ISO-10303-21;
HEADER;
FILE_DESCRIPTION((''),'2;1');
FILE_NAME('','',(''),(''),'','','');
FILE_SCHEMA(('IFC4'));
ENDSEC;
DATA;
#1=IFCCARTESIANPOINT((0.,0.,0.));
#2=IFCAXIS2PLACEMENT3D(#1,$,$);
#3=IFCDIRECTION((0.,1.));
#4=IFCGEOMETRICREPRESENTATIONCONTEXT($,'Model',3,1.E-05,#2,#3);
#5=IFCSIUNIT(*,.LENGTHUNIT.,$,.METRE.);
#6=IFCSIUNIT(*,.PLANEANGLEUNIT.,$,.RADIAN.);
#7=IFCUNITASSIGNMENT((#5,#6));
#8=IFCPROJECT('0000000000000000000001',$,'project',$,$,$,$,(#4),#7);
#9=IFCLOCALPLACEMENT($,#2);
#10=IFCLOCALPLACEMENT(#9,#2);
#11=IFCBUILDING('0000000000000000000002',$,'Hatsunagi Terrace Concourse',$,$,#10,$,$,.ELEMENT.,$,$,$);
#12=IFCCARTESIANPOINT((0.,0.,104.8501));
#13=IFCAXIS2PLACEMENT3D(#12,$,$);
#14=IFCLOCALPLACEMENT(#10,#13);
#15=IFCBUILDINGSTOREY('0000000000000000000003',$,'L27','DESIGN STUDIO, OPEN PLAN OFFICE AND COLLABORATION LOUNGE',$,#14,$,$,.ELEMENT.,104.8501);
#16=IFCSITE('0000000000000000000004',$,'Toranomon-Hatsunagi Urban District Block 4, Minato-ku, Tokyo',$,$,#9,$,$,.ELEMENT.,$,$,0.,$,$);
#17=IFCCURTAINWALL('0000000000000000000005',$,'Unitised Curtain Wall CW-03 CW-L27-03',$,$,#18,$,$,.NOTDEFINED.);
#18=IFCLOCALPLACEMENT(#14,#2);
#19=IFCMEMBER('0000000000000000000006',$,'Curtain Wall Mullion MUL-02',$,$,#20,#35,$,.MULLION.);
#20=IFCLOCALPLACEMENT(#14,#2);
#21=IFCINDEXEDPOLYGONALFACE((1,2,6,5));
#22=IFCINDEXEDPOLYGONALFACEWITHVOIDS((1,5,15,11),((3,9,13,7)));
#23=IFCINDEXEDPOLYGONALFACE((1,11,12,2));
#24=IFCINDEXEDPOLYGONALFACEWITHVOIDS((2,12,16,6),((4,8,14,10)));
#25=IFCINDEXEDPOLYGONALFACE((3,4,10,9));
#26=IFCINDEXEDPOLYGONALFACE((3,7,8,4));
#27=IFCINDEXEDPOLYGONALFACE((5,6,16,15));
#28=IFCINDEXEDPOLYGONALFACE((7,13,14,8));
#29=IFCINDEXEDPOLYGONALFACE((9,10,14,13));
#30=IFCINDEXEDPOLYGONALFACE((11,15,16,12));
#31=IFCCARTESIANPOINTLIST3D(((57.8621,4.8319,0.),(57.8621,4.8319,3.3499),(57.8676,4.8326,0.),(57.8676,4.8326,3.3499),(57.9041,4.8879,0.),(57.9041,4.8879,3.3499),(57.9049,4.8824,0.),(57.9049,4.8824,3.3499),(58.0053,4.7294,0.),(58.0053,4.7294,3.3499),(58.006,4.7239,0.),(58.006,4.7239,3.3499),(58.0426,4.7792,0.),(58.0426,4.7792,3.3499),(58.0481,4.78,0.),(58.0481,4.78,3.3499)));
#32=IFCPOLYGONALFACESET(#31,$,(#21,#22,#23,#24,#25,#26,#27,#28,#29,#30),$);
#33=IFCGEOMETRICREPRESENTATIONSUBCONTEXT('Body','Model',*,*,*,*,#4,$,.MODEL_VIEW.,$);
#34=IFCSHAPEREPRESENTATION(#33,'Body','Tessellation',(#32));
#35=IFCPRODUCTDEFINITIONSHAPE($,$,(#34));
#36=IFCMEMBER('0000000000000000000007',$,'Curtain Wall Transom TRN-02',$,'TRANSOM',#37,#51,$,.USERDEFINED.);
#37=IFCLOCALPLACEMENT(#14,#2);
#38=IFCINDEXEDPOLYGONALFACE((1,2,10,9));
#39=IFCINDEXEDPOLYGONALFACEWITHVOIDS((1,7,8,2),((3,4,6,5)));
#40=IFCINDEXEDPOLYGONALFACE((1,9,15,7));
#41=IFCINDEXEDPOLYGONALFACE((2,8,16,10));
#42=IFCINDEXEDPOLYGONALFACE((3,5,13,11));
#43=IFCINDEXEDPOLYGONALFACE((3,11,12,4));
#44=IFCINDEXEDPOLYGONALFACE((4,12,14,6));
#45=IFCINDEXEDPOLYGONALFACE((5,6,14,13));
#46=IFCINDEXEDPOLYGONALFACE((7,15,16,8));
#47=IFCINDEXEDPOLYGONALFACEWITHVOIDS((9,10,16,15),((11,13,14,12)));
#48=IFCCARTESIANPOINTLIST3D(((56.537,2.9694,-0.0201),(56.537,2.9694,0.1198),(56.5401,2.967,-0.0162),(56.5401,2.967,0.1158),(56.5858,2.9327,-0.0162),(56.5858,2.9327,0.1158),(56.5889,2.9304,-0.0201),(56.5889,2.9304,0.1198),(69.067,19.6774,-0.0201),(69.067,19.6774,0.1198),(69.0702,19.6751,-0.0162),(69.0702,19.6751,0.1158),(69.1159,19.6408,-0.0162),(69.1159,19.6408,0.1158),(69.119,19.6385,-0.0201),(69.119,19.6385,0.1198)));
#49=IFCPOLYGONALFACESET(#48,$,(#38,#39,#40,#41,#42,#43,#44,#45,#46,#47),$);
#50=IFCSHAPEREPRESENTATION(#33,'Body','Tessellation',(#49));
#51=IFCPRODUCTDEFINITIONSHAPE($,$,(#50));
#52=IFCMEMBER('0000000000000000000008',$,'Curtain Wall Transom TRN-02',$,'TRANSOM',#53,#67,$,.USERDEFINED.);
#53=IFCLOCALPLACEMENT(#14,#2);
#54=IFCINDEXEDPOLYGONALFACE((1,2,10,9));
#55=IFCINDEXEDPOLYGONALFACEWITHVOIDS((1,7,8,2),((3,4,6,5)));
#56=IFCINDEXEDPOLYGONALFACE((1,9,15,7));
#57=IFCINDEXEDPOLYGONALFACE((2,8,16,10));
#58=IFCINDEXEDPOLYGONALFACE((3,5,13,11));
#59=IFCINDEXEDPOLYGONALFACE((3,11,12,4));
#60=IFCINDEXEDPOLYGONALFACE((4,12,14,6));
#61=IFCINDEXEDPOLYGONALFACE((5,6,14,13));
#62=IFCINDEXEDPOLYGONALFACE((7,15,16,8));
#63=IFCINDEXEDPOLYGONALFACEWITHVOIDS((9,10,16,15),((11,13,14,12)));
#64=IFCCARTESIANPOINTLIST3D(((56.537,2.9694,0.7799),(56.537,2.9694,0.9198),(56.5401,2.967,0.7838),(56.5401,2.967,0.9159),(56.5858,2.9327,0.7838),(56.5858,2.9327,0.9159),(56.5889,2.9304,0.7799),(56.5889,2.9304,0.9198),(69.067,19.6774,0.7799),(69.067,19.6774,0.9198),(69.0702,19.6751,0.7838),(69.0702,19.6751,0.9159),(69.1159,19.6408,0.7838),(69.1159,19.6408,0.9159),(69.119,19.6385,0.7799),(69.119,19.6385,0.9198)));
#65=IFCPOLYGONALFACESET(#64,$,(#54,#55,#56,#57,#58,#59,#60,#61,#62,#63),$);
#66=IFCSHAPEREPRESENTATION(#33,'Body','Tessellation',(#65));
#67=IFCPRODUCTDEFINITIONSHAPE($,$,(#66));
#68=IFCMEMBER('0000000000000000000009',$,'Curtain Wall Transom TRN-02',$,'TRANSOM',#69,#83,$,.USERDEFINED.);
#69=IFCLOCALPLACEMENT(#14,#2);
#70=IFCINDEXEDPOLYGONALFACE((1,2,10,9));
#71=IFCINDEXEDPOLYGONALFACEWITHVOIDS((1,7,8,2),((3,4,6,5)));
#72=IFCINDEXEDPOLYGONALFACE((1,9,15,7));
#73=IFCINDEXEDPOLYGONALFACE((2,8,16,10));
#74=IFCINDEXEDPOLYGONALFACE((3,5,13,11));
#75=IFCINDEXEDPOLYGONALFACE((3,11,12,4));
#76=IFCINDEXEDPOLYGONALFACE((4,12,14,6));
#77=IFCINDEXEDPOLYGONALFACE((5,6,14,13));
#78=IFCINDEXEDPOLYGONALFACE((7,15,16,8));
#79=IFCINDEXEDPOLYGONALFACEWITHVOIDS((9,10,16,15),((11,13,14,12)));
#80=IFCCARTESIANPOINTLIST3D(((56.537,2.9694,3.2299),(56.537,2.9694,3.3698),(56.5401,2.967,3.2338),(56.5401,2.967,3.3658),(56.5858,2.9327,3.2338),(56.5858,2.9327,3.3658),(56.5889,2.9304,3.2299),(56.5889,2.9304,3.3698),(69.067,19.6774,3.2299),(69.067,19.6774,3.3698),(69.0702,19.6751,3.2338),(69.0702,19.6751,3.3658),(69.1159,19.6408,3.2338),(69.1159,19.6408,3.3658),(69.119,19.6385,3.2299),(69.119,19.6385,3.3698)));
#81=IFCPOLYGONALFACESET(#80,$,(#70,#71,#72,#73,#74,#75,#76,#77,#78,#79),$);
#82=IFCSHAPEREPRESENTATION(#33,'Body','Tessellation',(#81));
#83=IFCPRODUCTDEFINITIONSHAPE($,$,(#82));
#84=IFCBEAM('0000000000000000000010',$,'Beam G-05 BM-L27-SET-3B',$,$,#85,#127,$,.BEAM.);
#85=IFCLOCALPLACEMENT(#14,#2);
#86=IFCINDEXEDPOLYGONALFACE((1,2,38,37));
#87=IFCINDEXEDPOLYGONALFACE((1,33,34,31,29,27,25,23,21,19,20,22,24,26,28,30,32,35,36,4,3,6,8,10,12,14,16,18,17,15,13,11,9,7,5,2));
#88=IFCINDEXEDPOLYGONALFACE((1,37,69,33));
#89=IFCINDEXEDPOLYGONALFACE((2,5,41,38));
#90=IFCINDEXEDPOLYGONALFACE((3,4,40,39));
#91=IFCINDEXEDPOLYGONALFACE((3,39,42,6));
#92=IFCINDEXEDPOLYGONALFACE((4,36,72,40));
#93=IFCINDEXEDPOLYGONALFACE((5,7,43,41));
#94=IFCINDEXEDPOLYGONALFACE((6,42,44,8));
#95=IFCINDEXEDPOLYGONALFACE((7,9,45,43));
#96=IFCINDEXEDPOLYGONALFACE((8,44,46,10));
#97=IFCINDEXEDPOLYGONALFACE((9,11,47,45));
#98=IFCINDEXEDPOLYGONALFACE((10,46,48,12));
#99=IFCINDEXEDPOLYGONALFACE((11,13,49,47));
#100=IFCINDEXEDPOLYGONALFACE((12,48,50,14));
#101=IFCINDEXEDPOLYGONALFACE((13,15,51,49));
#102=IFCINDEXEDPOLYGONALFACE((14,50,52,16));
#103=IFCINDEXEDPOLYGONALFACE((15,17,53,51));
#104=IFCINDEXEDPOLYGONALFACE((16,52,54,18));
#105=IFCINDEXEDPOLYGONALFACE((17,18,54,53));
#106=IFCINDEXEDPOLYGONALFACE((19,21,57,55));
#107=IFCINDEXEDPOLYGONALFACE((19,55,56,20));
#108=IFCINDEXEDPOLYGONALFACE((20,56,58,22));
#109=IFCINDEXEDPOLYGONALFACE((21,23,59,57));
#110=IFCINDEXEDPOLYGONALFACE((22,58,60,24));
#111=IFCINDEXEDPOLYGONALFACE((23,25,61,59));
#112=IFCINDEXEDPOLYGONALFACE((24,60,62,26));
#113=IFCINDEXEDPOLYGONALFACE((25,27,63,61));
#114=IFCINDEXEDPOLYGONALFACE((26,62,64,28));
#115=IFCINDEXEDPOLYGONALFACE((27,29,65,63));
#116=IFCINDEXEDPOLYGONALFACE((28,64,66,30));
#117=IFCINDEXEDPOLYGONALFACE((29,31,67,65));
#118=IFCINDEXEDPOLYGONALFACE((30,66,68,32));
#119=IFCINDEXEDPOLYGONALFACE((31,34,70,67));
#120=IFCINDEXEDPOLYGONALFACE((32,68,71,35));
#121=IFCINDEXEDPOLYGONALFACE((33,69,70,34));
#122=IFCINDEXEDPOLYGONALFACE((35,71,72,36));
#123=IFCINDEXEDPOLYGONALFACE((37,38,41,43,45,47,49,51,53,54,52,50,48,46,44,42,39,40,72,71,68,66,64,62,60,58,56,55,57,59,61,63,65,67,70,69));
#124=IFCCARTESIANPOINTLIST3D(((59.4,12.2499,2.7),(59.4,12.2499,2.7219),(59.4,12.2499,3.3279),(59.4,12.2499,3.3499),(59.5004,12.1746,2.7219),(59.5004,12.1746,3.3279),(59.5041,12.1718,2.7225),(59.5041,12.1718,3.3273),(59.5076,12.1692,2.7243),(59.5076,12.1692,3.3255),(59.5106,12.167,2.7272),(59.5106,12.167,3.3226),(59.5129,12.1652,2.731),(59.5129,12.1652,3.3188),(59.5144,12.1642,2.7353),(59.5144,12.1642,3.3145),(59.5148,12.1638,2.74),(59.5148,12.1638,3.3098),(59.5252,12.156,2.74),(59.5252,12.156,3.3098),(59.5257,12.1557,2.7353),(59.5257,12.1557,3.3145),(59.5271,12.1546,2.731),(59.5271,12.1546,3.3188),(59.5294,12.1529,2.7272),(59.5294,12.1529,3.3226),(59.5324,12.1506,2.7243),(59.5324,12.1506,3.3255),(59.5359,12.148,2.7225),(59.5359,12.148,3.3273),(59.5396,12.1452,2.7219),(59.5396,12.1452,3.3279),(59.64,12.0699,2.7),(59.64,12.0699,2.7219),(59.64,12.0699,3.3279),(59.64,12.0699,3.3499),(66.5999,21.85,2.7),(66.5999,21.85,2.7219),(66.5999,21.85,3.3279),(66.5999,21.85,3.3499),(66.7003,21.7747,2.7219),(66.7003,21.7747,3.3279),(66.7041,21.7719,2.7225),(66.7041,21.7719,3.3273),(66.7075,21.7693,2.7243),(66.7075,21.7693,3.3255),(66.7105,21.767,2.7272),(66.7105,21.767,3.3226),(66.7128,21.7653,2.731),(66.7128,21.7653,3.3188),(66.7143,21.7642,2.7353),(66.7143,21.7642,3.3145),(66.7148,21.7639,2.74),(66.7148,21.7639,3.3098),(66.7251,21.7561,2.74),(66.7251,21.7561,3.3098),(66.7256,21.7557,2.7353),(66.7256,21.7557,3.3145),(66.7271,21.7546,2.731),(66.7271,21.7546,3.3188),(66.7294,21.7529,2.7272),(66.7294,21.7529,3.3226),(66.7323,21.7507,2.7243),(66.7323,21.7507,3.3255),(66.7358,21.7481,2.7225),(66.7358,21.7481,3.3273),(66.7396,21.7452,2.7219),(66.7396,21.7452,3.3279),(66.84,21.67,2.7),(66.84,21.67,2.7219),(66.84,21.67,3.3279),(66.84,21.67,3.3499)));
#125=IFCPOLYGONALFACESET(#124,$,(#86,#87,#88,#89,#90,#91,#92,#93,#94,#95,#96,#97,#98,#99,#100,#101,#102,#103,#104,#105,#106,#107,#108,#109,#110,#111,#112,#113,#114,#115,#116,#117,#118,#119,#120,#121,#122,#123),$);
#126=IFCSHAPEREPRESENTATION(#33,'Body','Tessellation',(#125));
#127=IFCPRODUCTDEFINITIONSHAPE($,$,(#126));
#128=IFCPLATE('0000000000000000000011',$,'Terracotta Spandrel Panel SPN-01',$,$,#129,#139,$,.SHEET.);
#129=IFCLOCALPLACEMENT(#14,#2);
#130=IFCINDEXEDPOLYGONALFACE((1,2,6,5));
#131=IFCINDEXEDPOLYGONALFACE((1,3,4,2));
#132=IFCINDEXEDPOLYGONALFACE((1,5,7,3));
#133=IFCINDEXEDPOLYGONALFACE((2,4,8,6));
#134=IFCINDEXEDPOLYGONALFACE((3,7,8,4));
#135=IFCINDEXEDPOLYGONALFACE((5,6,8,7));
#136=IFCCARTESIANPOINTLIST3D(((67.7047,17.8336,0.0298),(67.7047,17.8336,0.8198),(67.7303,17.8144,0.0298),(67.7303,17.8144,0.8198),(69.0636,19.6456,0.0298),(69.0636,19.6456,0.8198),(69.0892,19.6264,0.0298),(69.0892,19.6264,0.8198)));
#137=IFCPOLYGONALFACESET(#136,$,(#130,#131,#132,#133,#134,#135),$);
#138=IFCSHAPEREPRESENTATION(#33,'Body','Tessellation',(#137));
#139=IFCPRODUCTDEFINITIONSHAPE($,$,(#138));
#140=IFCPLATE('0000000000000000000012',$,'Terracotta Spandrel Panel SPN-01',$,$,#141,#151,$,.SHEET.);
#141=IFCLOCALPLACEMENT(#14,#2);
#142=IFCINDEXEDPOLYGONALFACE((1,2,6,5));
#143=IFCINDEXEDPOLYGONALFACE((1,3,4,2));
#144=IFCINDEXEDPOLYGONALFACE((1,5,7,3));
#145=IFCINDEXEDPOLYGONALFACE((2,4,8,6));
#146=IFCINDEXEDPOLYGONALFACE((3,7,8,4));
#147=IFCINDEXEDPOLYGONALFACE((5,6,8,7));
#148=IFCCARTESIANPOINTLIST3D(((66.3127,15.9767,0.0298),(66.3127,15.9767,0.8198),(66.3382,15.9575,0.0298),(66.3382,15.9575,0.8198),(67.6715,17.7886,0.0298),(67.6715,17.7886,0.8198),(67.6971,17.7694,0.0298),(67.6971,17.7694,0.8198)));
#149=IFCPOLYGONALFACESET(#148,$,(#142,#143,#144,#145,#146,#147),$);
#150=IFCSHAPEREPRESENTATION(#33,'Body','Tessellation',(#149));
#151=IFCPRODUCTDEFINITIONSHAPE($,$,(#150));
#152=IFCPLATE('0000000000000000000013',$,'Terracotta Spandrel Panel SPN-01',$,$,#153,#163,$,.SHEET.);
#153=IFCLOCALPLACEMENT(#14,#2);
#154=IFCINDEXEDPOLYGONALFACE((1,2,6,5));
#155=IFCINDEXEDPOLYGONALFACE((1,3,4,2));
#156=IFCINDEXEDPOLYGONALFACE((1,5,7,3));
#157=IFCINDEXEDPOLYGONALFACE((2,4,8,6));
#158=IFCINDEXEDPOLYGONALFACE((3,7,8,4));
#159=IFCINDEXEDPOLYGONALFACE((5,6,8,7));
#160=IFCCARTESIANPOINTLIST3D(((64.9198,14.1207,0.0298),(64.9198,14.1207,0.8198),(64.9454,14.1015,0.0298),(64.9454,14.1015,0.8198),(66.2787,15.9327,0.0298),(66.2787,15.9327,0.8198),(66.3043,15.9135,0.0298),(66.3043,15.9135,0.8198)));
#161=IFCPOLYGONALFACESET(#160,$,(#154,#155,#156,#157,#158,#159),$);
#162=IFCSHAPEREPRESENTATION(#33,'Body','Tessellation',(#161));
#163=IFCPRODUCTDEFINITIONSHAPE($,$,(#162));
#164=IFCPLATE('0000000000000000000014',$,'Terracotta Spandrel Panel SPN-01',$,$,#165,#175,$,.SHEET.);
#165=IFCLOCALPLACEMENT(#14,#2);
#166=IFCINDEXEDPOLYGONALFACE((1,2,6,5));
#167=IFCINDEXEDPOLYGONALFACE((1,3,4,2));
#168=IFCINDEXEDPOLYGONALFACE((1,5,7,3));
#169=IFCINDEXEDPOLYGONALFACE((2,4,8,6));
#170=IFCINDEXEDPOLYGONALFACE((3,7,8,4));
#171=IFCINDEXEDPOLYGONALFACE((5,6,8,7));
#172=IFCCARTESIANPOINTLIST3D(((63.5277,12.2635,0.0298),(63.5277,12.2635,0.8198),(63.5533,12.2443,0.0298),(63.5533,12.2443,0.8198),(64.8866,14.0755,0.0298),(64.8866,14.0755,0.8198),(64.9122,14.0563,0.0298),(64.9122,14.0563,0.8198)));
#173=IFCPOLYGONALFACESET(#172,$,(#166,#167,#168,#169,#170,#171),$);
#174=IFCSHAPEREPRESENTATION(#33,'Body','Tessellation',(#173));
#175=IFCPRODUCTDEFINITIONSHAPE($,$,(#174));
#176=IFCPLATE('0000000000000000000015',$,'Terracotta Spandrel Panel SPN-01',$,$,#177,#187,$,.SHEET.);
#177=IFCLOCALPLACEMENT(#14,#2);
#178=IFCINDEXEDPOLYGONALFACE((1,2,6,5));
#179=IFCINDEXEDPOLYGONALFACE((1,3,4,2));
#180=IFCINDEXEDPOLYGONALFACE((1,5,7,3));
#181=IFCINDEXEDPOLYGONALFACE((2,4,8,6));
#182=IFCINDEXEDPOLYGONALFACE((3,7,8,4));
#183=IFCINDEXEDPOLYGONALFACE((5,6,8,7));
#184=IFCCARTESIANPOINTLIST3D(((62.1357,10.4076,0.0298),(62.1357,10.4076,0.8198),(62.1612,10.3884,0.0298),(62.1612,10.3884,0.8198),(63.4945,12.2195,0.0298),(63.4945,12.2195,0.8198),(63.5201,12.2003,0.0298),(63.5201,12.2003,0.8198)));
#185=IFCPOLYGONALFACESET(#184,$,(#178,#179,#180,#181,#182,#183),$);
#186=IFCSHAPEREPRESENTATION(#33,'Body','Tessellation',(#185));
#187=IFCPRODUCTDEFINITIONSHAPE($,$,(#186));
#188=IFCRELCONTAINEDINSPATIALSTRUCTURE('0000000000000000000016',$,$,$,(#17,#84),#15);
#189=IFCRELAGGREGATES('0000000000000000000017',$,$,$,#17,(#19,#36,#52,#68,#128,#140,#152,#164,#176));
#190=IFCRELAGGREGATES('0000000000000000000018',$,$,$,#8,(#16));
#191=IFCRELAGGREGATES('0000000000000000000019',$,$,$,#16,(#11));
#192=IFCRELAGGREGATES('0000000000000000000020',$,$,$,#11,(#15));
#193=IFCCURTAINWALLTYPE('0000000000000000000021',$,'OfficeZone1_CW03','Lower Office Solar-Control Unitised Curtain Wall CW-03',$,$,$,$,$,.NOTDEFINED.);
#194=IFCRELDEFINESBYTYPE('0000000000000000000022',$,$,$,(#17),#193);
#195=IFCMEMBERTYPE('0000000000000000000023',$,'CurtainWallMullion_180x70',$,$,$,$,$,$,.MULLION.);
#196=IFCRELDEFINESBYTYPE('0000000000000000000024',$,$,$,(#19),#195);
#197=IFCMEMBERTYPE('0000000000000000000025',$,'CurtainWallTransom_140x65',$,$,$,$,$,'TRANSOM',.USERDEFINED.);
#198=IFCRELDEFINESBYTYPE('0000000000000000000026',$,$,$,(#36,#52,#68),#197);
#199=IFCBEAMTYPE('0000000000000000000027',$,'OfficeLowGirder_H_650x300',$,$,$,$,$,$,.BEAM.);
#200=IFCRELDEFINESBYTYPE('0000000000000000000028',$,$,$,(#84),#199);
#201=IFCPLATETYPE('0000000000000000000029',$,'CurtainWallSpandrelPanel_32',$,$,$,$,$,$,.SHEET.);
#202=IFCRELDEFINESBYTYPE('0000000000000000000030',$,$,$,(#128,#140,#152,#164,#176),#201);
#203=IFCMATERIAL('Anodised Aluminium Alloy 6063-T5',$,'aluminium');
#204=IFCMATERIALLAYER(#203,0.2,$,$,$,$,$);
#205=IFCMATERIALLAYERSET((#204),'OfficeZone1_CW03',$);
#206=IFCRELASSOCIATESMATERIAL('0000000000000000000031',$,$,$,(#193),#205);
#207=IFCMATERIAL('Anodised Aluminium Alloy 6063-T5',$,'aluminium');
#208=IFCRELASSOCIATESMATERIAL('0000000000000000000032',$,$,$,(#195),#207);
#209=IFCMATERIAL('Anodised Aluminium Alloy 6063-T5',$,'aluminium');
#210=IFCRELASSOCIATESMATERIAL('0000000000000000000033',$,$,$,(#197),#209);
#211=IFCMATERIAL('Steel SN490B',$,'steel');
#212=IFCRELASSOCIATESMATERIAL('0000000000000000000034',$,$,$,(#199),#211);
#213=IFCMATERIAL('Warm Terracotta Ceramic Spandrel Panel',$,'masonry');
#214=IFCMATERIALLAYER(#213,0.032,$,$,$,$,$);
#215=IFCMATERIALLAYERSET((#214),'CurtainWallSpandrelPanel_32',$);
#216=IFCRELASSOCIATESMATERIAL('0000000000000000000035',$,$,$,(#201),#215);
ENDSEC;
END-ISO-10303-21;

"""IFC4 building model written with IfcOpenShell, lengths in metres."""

from ifc_helpers import new_model, si_unit, direction, frame, origin, origin_2d, place, context, subcontext, project, spatial, rectangle, hollow_rectangle, i_section, extrude, material, layer, layer_set, material_profile, profile_set, type_object, element, aggregate, save


model = new_model("IFC4")

# Units and contexts
model_context = context("Model", 3, precision=1e-05, world=origin(), true_north=direction((0.0, 1.0)))
body_context = subcontext(model_context, "Body", "Model", "MODEL_VIEW")
ifc_project = project(units=[si_unit("LENGTHUNIT", "METRE"), si_unit("PLANEANGLEUNIT", "RADIAN")], contexts=[model_context])

# Site, building, storey
site_placement = place(None, origin())
site = spatial("IfcSite", under=ifc_project, at=site_placement, Name="Toranomon-Hatsunagi Urban District Block 4, Minato-ku, Tokyo", CompositionType="ELEMENT", RefElevation=0.0)
building_placement = place(site_placement, origin())
building = spatial("IfcBuilding", under=site, at=building_placement, Name="Hatsunagi Terrace Concourse", CompositionType="ELEMENT")
storey_placement = place(building_placement, frame((0.0, 0.0, 104.8501)))
storey = spatial("IfcBuildingStorey", under=building, at=storey_placement, Name="L27", Description="DESIGN STUDIO, OPEN PLAN OFFICE AND COLLABORATION LOUNGE", CompositionType="ELEMENT", Elevation=104.8501)

# Curtain wall, members
ifc_material_1 = material(Name="Anodised Aluminium Alloy 6063-T5", Category="aluminium")
ifc_layer_1 = layer(ifc_material_1, 0.2)
ifc_layer_set_1 = layer_set([ifc_layer_1], Name="OfficeZone1_CW03")
curtain_wall_type = type_object("IfcCurtainWallType", Name="OfficeZone1_CW03", Description="Lower Office Solar-Control Unitised Curtain Wall CW-03", PredefinedType="NOTDEFINED", material=ifc_layer_set_1)
curtain_wall_placement = place(storey_placement, origin())
curtain_wall = element("IfcCurtainWall", 1, at=curtain_wall_placement, inside=storey, type_object=curtain_wall_type, Name="Unitised Curtain Wall CW-03 CW-L27-03", PredefinedType="NOTDEFINED")
ifc_material_2 = material(Name="Anodised Aluminium Alloy 6063-T5", Category="aluminium")
ifc_material_profile_1 = material_profile(ifc_material_2, hollow_rectangle(XDim=0.0701, YDim=0.1799, WallThickness=0.0039, at=origin_2d()), Name="ALU-MUL-180x70x4")
ifc_profile_set_1 = profile_set([ifc_material_profile_1], Name="Anodised Aluminium Alloy 6063-T5")
member_type_1 = type_object("IfcMemberType", Name="CurtainWallMullion_180x70", PredefinedType="MULLION", material=ifc_profile_set_1)
member_1_placement = place(storey_placement, frame((57.9551, 4.8059, 0.0), z_axis=(0.0, 0.0, 1.0), x_axis=(-0.599969, -0.800023, 0.0)))
member_1 = element("IfcMember", 2, at=member_1_placement, type_object=member_type_1, Name="Curtain Wall Mullion MUL-02", PredefinedType="MULLION", context=body_context, shape_type="SweptSolid", body=[
    extrude(hollow_rectangle(XDim=0.0701, YDim=0.1799, WallThickness=0.0039, at=origin_2d()), origin(), (0.0, 0.0, 1.0), 3.3499),
])
ifc_material_3 = material(Name="Anodised Aluminium Alloy 6063-T5", Category="aluminium")
ifc_material_profile_2 = material_profile(ifc_material_3, hollow_rectangle(XDim=0.0649, YDim=0.1399, WallThickness=0.0039, at=origin_2d()), Name="ALU-TRN-140x65x4")
ifc_profile_set_2 = profile_set([ifc_material_profile_2], Name="Anodised Aluminium Alloy 6063-T5")
member_type_2 = type_object("IfcMemberType", Name="CurtainWallTransom_140x65", ElementType="TRANSOM", PredefinedType="USERDEFINED", material=ifc_profile_set_2)
member_2_placement = place(storey_placement, frame((69.093, 19.658, 0.0498), z_axis=(-0.59997, -0.800022, 0.0), x_axis=(0.800022, -0.59997, 0.0)))
member_2 = element("IfcMember", 3, at=member_2_placement, type_object=member_type_2, Name="Curtain Wall Transom TRN-02", ObjectType="TRANSOM", PredefinedType="USERDEFINED", context=body_context, shape_type="SweptSolid", body=[
    extrude(hollow_rectangle(XDim=0.0649, YDim=0.1399, WallThickness=0.0039, at=origin_2d()), origin(), (0.0, 0.0, 1.0), 20.8845),
])
member_3_placement = place(storey_placement, frame((69.093, 19.658, 0.8499), z_axis=(-0.59997, -0.800022, 0.0), x_axis=(0.800022, -0.59997, 0.0)))
member_3 = element("IfcMember", 4, at=member_3_placement, type_object=member_type_2, Name="Curtain Wall Transom TRN-02", ObjectType="TRANSOM", PredefinedType="USERDEFINED", context=body_context, shape_type="SweptSolid", body=[
    extrude(hollow_rectangle(XDim=0.0649, YDim=0.1399, WallThickness=0.0039, at=origin_2d()), origin(), (0.0, 0.0, 1.0), 20.8845),
])
member_4_placement = place(storey_placement, frame((69.093, 19.658, 3.2998), z_axis=(-0.59997, -0.800022, 0.0), x_axis=(0.800022, -0.59997, 0.0)))
member_4 = element("IfcMember", 5, at=member_4_placement, type_object=member_type_2, Name="Curtain Wall Transom TRN-02", ObjectType="TRANSOM", PredefinedType="USERDEFINED", context=body_context, shape_type="SweptSolid", body=[
    extrude(hollow_rectangle(XDim=0.0649, YDim=0.1399, WallThickness=0.0039, at=origin_2d()), origin(), (0.0, 0.0, 1.0), 20.8845),
])

# Beam
ifc_material_4 = material(Name="Steel SN490B", Category="steel")
ifc_material_profile_3 = material_profile(ifc_material_4, i_section(OverallWidth=0.3, OverallDepth=0.6499, WebThickness=0.0129, FlangeThickness=0.022, FilletRadius=0.0181, at=origin_2d()), Name="H-650x300x13x22")
ifc_profile_set_3 = profile_set([ifc_material_profile_3], Name="Steel SN490B")
beam_type = type_object("IfcBeamType", Name="OfficeLowGirder_H_650x300", PredefinedType="BEAM", material=ifc_profile_set_3)
beam_placement = place(storey_placement, frame((59.52, 12.1599, 3.0249), z_axis=(0.599993, 0.800005, 0.0), x_axis=(-0.800005, 0.599993, 0.0)))
element("IfcBeam", 6, at=beam_placement, inside=storey, type_object=beam_type, Name="Beam G-05 BM-L27-SET-3B", PredefinedType="BEAM", context=body_context, shape_type="SweptSolid", body=[
    extrude(i_section(OverallWidth=0.3, OverallDepth=0.6499, WebThickness=0.0129, FlangeThickness=0.022, FilletRadius=0.0181, at=origin_2d()), origin(), (0.0, 0.0, 1.0), 12.0),
])

# Plates
ifc_material_5 = material(Name="Warm Terracotta Ceramic Spandrel Panel", Category="masonry")
ifc_layer_2 = layer(ifc_material_5, 0.032)
ifc_layer_set_2 = layer_set([ifc_layer_2], Name="CurtainWallSpandrelPanel_32")
plate_type_1 = type_object("IfcPlateType", Name="CurtainWallSpandrelPanel_32", PredefinedType="SHEET", material=ifc_layer_set_2)
plate_1_placement = place(storey_placement, frame((68.397, 18.73, 0.0298), z_axis=(0.0, 0.0, 1.0), x_axis=(-0.599969, -0.800023, 0.0)))
plate_1 = element("IfcPlate", 7, at=plate_1_placement, type_object=plate_type_1, Name="Terracotta Spandrel Panel SPN-01", PredefinedType="SHEET", context=body_context, shape_type="SweptSolid", body=[
    extrude(rectangle(XDim=2.2649, YDim=0.032, at=origin_2d()), origin(), (0.0, 0.0, 1.0), 0.79),
])
plate_2_placement = place(storey_placement, frame((67.0049, 16.873, 0.0298), z_axis=(0.0, 0.0, 1.0), x_axis=(-0.599969, -0.800023, 0.0)))
plate_2 = element("IfcPlate", 8, at=plate_2_placement, type_object=plate_type_1, Name="Terracotta Spandrel Panel SPN-01", PredefinedType="SHEET", context=body_context, shape_type="SweptSolid", body=[
    extrude(rectangle(XDim=2.2649, YDim=0.032, at=origin_2d()), origin(), (0.0, 0.0, 1.0), 0.79),
])
plate_3_placement = place(storey_placement, frame((65.6121, 15.0171, 0.0298), z_axis=(0.0, 0.0, 1.0), x_axis=(-0.599969, -0.800023, 0.0)))
plate_3 = element("IfcPlate", 9, at=plate_3_placement, type_object=plate_type_1, Name="Terracotta Spandrel Panel SPN-01", PredefinedType="SHEET", context=body_context, shape_type="SweptSolid", body=[
    extrude(rectangle(XDim=2.2649, YDim=0.032, at=origin_2d()), origin(), (0.0, 0.0, 1.0), 0.79),
])
plate_4_placement = place(storey_placement, frame((64.22, 13.1599, 0.0298), z_axis=(0.0, 0.0, 1.0), x_axis=(-0.599969, -0.800023, 0.0)))
plate_4 = element("IfcPlate", 10, at=plate_4_placement, type_object=plate_type_1, Name="Terracotta Spandrel Panel SPN-01", PredefinedType="SHEET", context=body_context, shape_type="SweptSolid", body=[
    extrude(rectangle(XDim=2.2649, YDim=0.032, at=origin_2d()), origin(), (0.0, 0.0, 1.0), 0.79),
])
plate_5_placement = place(storey_placement, frame((62.8279, 11.304, 0.0298), z_axis=(0.0, 0.0, 1.0), x_axis=(-0.599969, -0.800023, 0.0)))
plate_5 = element("IfcPlate", 11, at=plate_5_placement, type_object=plate_type_1, Name="Terracotta Spandrel Panel SPN-01", PredefinedType="SHEET", context=body_context, shape_type="SweptSolid", body=[
    extrude(rectangle(XDim=2.2649, YDim=0.032, at=origin_2d()), origin(), (0.0, 0.0, 1.0), 0.79),
])
aggregate(curtain_wall, [member_1, member_2, member_3, member_4, plate_1, plate_2, plate_3, plate_4, plate_5])

save(model, "model.ifc")
